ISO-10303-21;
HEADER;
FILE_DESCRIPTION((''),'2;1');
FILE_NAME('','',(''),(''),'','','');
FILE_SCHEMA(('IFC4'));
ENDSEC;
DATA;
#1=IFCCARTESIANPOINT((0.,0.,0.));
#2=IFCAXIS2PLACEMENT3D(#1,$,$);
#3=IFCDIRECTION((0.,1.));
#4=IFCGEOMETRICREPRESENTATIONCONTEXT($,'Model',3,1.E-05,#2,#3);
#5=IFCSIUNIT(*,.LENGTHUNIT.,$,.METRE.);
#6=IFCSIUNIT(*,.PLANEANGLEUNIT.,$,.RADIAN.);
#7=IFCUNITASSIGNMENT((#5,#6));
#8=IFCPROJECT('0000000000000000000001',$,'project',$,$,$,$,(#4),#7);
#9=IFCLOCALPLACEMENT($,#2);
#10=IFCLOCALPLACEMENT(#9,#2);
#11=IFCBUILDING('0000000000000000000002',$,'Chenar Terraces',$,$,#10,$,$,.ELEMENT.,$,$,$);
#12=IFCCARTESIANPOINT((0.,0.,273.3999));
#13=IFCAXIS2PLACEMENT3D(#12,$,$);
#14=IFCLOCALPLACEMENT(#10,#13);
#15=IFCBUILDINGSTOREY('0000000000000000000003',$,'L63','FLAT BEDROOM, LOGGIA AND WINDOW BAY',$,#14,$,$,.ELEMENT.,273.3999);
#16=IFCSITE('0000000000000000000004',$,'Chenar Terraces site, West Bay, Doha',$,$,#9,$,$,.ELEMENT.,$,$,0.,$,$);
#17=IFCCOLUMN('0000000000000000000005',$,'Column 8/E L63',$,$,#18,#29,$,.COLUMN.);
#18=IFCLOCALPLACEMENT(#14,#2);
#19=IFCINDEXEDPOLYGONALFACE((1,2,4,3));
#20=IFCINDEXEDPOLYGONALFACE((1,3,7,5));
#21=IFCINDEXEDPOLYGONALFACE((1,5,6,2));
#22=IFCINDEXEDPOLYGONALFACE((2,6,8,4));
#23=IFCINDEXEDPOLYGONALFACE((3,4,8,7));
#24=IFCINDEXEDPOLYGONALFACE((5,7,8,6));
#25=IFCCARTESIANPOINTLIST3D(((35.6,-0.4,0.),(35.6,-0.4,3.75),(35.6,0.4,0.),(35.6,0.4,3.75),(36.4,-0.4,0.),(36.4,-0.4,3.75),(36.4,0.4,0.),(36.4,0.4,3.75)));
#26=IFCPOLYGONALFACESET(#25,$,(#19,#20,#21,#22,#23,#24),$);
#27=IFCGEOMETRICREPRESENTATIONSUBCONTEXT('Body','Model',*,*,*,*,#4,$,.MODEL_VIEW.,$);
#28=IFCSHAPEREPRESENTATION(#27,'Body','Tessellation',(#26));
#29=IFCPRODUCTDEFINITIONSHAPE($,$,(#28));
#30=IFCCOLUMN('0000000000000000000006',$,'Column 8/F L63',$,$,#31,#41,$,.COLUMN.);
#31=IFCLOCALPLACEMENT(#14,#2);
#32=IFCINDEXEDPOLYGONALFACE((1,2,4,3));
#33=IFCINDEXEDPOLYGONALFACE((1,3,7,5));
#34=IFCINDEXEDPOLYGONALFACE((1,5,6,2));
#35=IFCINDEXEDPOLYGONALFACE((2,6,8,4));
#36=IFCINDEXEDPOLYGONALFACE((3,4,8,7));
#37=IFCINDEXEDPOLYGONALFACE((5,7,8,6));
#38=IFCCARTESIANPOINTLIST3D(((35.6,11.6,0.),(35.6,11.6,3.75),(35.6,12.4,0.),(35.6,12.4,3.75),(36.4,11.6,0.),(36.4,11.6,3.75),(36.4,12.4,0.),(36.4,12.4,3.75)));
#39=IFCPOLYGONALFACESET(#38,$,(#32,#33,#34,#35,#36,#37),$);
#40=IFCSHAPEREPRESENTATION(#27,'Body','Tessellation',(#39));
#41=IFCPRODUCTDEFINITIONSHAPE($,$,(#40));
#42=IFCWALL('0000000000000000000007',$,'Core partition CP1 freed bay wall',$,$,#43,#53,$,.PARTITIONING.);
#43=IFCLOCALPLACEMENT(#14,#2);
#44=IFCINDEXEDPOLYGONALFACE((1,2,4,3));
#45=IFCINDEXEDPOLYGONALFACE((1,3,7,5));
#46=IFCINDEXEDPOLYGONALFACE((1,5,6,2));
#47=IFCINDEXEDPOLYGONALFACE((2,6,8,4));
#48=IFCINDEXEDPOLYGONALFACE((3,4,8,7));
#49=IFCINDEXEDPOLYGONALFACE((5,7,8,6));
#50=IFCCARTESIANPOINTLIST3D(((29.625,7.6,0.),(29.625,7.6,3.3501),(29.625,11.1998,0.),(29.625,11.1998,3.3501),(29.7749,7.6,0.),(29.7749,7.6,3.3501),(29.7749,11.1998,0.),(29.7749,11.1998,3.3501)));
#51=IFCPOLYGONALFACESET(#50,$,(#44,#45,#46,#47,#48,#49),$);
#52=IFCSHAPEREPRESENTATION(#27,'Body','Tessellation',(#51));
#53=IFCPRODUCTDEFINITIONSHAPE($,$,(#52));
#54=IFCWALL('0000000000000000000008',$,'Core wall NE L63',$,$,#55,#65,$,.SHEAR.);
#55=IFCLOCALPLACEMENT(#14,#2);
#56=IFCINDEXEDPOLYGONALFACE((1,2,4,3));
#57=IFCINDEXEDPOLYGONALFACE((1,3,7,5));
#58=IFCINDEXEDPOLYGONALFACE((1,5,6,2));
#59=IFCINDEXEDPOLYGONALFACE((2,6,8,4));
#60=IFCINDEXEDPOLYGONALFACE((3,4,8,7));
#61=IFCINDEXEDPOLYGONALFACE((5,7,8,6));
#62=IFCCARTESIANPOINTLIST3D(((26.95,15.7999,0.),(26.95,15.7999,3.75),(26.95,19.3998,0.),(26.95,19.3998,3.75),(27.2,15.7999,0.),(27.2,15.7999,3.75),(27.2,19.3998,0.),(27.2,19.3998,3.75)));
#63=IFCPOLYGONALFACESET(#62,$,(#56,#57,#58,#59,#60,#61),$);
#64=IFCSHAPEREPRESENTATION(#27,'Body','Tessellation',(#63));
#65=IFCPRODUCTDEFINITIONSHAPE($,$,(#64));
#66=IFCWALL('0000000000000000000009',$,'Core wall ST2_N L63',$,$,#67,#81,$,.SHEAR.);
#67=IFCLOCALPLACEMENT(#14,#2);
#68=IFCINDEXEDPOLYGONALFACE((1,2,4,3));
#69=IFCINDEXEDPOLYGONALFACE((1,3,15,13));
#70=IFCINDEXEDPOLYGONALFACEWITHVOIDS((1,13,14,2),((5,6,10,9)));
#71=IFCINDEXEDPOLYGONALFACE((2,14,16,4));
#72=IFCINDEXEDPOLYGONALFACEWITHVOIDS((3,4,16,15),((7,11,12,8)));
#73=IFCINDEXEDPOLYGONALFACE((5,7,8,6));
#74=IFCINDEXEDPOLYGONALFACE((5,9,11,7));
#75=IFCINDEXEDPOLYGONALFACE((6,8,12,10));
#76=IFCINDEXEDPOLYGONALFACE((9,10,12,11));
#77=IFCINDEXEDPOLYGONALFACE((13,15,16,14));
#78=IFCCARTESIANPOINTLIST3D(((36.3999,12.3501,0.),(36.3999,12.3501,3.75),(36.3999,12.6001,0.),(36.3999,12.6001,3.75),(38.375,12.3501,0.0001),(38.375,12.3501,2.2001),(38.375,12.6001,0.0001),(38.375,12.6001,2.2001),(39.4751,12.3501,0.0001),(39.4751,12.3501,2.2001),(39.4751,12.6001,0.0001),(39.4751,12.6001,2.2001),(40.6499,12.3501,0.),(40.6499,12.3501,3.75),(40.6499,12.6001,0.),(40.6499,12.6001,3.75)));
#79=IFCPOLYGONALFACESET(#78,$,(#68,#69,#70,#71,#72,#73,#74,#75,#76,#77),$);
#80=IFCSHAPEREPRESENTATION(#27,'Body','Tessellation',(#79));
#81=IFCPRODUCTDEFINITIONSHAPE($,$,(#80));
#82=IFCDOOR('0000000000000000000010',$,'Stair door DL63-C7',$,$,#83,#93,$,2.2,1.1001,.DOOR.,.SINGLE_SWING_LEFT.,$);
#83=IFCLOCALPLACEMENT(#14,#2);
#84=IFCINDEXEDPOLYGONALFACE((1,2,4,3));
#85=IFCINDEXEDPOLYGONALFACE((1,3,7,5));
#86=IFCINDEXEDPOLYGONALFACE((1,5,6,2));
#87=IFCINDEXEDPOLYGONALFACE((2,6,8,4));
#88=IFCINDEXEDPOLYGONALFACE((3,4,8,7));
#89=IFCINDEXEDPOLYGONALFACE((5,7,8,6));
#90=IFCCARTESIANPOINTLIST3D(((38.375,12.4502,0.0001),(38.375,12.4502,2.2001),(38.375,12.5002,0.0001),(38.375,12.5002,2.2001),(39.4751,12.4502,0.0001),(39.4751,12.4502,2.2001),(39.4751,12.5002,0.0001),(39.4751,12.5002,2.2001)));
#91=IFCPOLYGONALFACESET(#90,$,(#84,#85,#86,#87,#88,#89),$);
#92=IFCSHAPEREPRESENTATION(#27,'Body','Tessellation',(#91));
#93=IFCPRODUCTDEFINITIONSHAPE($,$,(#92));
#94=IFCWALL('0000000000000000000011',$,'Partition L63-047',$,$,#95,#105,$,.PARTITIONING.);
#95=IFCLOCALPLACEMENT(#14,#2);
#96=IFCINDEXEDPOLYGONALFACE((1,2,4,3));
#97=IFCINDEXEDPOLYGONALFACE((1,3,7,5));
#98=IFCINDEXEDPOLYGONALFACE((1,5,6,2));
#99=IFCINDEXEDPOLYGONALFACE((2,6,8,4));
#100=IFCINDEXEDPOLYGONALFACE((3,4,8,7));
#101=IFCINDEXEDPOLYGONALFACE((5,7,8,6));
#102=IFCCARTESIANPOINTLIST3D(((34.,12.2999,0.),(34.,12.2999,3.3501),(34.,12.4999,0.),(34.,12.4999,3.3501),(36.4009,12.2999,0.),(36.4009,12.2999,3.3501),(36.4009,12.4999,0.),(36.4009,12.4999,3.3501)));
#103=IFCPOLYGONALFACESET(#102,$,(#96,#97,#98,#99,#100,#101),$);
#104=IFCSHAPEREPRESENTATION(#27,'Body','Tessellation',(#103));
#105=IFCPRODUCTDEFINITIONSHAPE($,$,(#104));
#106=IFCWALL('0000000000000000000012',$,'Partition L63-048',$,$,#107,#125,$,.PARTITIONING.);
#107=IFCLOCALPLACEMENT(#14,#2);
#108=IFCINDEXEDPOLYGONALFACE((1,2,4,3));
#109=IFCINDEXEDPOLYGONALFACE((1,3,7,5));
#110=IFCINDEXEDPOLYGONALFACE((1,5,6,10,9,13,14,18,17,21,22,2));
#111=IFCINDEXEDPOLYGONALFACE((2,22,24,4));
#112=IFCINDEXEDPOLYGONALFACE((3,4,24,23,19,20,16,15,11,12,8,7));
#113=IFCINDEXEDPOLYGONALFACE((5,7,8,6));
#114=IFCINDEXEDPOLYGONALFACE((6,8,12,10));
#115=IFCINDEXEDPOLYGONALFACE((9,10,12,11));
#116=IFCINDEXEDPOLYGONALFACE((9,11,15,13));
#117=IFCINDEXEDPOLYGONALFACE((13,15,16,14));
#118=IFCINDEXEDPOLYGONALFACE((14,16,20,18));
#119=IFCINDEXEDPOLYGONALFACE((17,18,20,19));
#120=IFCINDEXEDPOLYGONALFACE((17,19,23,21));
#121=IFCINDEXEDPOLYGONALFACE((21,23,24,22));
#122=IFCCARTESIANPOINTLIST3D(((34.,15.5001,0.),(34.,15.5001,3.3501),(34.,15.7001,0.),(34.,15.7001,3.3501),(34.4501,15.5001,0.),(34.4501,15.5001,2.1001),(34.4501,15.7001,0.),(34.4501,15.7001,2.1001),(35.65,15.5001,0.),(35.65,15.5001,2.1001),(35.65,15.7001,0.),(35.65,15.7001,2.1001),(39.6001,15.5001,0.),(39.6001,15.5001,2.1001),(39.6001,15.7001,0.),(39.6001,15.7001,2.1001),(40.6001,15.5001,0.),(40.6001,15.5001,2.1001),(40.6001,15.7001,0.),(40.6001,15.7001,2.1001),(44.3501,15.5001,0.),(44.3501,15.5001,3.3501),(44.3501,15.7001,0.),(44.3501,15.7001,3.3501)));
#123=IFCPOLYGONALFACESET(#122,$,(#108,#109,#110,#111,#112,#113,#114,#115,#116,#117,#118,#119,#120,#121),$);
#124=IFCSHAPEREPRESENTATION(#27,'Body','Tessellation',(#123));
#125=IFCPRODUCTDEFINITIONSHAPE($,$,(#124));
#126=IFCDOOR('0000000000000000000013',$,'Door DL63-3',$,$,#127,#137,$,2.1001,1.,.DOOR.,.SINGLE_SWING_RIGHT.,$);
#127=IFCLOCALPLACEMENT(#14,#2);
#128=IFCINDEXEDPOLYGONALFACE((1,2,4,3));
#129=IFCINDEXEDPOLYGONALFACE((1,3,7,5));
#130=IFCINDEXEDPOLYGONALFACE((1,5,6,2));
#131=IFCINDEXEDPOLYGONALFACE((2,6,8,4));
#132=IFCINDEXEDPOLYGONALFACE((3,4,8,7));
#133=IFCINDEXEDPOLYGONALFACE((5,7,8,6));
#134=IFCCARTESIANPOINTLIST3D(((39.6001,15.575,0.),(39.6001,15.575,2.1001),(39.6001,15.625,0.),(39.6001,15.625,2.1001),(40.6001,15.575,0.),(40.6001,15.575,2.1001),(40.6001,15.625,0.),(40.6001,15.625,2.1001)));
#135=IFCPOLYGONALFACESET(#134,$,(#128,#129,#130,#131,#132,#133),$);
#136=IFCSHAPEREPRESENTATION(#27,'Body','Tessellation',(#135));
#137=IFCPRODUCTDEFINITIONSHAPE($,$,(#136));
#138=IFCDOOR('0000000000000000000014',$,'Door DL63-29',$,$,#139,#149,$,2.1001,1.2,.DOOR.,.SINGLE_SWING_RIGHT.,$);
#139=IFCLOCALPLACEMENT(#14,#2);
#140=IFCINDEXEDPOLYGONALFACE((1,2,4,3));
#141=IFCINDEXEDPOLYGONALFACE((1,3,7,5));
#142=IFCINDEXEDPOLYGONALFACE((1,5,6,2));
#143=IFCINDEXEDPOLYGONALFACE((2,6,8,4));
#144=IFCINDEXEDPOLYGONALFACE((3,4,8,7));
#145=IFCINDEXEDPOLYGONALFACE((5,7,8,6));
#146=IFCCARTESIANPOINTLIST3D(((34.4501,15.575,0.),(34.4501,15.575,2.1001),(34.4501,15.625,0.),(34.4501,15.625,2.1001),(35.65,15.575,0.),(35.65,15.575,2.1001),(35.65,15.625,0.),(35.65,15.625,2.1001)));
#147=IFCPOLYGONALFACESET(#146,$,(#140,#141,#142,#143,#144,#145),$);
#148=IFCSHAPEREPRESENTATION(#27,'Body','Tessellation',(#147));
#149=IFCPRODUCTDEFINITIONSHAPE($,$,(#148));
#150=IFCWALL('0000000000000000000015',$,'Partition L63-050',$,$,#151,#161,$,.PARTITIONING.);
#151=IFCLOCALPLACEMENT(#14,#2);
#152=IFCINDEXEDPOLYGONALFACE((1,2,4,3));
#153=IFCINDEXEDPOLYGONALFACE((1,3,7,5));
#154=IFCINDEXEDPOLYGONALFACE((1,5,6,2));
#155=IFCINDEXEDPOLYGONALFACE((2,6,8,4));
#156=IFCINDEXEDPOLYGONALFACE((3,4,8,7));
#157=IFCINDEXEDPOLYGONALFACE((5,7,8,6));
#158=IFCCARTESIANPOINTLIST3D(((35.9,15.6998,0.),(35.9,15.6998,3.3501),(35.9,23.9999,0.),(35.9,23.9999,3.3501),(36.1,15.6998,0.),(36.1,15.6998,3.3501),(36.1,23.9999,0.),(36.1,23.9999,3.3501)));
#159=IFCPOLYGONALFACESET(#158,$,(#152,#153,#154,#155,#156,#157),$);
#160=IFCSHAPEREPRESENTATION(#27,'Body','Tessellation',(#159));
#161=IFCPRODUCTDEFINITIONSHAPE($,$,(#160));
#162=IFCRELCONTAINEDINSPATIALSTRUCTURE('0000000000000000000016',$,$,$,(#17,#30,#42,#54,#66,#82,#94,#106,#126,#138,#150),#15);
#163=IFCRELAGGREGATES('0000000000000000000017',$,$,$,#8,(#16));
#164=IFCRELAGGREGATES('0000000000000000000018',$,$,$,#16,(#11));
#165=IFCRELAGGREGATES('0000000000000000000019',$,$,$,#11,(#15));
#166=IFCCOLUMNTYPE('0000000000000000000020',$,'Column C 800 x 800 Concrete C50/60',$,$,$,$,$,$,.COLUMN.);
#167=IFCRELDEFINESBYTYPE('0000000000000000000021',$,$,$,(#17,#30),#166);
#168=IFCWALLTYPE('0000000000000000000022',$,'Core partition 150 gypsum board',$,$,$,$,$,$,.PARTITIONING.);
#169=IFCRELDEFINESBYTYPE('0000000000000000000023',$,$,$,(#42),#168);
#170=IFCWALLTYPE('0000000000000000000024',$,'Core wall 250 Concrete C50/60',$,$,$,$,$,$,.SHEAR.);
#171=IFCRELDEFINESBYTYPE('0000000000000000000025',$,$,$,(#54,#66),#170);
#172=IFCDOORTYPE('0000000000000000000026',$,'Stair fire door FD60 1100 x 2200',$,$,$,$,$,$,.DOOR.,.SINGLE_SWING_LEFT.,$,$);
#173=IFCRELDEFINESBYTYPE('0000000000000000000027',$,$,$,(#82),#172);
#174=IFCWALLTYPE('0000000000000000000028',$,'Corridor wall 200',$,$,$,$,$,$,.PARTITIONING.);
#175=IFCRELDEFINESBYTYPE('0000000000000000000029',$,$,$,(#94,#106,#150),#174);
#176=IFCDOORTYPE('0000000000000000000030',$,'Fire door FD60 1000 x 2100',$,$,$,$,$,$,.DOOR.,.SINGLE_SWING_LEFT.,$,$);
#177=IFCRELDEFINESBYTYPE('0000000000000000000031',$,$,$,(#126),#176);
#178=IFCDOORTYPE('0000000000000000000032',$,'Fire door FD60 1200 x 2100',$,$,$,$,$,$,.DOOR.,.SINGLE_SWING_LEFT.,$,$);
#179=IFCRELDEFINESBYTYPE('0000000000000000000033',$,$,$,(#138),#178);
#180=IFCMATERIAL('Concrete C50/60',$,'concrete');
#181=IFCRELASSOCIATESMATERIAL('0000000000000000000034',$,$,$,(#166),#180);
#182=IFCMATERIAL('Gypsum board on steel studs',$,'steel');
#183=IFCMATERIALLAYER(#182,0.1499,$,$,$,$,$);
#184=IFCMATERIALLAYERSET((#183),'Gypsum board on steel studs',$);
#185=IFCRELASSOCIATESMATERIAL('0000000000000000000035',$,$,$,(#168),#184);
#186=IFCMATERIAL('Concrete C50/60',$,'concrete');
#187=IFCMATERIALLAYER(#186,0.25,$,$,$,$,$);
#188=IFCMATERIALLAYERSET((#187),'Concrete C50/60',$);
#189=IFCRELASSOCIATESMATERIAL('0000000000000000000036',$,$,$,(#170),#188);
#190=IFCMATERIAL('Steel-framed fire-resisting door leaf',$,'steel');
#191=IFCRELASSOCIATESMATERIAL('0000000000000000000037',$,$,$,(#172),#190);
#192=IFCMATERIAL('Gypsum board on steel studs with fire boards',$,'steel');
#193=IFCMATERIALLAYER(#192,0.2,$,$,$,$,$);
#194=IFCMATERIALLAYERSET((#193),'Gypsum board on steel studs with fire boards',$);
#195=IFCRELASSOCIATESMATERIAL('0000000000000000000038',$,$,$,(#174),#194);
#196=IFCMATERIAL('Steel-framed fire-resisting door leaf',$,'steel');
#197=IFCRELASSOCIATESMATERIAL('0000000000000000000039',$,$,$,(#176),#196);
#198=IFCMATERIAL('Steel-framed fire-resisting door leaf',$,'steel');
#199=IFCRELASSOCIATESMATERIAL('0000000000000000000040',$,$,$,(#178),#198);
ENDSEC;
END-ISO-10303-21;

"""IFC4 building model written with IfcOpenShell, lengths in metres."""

from ifc_helpers import new_model, si_unit, direction, frame, frame_2d, origin, origin_2d, place, context, subcontext, project, spatial, rectangle, extrude, material, layer, layer_set, material_profile, profile_set, type_object, element, fill, save


model = new_model("IFC4")

# Units and contexts
model_context = context("Model", 3, precision=1e-05, world=origin(), true_north=direction((0.0, 1.0)))
body_context = subcontext(model_context, "Body", "Model", "MODEL_VIEW")
ifc_project = project(units=[si_unit("LENGTHUNIT", "METRE"), si_unit("PLANEANGLEUNIT", "RADIAN")], contexts=[model_context])

# Site, building, storey
site_placement = place(None, origin())
site = spatial("IfcSite", under=ifc_project, at=site_placement, Name="Chenar Terraces site, West Bay, Doha", CompositionType="ELEMENT", RefElevation=0.0)
building_placement = place(site_placement, origin())
building = spatial("IfcBuilding", under=site, at=building_placement, Name="Chenar Terraces", CompositionType="ELEMENT")
storey_placement = place(building_placement, frame((0.0, 0.0, 273.3999)))
storey = spatial("IfcBuildingStorey", under=building, at=storey_placement, Name="L63", Description="FLAT BEDROOM, LOGGIA AND WINDOW BAY", CompositionType="ELEMENT", Elevation=273.3999)

# Columns
ifc_material_1 = material(Name="Concrete C50/60", Category="concrete")
ifc_material_profile_1 = material_profile(ifc_material_1, rectangle(XDim=0.8, YDim=0.8, at=origin_2d()), Name="C 800 x 800")
ifc_profile_set_1 = profile_set([ifc_material_profile_1], Name="Concrete C50/60")
column_type = type_object("IfcColumnType", Name="Column C 800 x 800 Concrete C50/60", PredefinedType="COLUMN", material=ifc_profile_set_1)
for number, where, z_axis, x_axis, name in (
    (1, (36.0, 0.0, 0.0), (0.0, 0.0, 1.0), (1.0, 0.0, 0.0), "Column 8/E L63"),
    (2, (36.0, 12.0, 0.0), (0.0, 0.0, 1.0), (1.0, 0.0, 0.0), "Column 8/F L63"),
):
    element("IfcColumn", number, at=place(storey_placement, frame(where, z_axis=z_axis, x_axis=x_axis)), inside=storey, type_object=column_type, Name=name, PredefinedType="COLUMN", context=body_context, shape_type="SweptSolid", body=[
        extrude(rectangle(XDim=0.8, YDim=0.8, at=origin_2d()), origin(), (0.0, 0.0, 1.0), 3.75),
    ])

# Walls
ifc_material_2 = material(Name="Gypsum board on steel studs", Category="steel")
ifc_layer_1 = layer(ifc_material_2, 0.1499)
ifc_layer_set_1 = layer_set([ifc_layer_1], Name="Gypsum board on steel studs")
wall_type_1 = type_object("IfcWallType", Name="Core partition 150 gypsum board", PredefinedType="PARTITIONING", material=ifc_layer_set_1)
wall_1_placement = place(storey_placement, frame((29.7, 7.6001, 0.0), z_axis=(0.0, 0.0, 1.0), x_axis=(0.0, 1.0, 0.0)))
element("IfcWall", 3, at=wall_1_placement, inside=storey, type_object=wall_type_1, Name="Core partition CP1 freed bay wall", PredefinedType="PARTITIONING", context=body_context, shape_type="SweptSolid", body=[
    extrude(rectangle(XDim=3.5999, YDim=0.1499, at=frame_2d((1.7998, 0.0))), origin(), (0.0, 0.0, 1.0), 3.3501),
])
ifc_material_3 = material(Name="Concrete C50/60", Category="concrete")
ifc_layer_2 = layer(ifc_material_3, 0.25)
ifc_layer_set_2 = layer_set([ifc_layer_2], Name="Concrete C50/60")
wall_type_2 = type_object("IfcWallType", Name="Core wall 250 Concrete C50/60", PredefinedType="SHEAR", material=ifc_layer_set_2)
wall_2_placement = place(storey_placement, frame((27.075, 15.8, 0.0), z_axis=(0.0, 0.0, 1.0), x_axis=(0.0, 1.0, 0.0)))
element("IfcWall", 4, at=wall_2_placement, inside=storey, type_object=wall_type_2, Name="Core wall NE L63", PredefinedType="SHEAR", context=body_context, shape_type="SweptSolid", body=[
    extrude(rectangle(XDim=3.5999, YDim=0.25, at=frame_2d((1.7998, 0.0))), origin(), (0.0, 0.0, 1.0), 3.75),
])

# Wall, opening, door
wall_3_placement = place(storey_placement, frame((36.3999, 12.4751, 0.0), z_axis=(0.0, 0.0, 1.0), x_axis=(1.0, 0.0, 0.0)))
wall_3 = element("IfcWall", 5, at=wall_3_placement, inside=storey, type_object=wall_type_2, Name="Core wall ST2_N L63", PredefinedType="SHEAR", context=body_context, shape_type="SweptSolid", body=[
    extrude(rectangle(XDim=4.25, YDim=0.25, at=frame_2d((2.125, 0.0))), origin(), (0.0, 0.0, 1.0), 3.75),
])
opening_1_placement = place(wall_3_placement, frame((1.9751, 0.0, 0.0)))
opening_1 = element("IfcOpeningElement", 6, at=opening_1_placement, cuts=wall_3, PredefinedType="OPENING", context=body_context, shape_type="SweptSolid", body=[
    extrude(rectangle(XDim=1.1001, YDim=2.2, at=frame_2d((0.55, 1.1001))), frame((0.0, 0.135, 0.0), z_axis=(0.0, -1.0, 0.0), x_axis=(1.0, 0.0, 0.0)), (0.0, 0.0, 1.0), 0.27),
])
ifc_material_4 = material(Name="Steel-framed fire-resisting door leaf", Category="steel")
door_type_1 = type_object("IfcDoorType", Name="Stair fire door FD60 1100 x 2200", OperationType="SINGLE_SWING_LEFT", PredefinedType="DOOR", material=ifc_material_4)
door_1_placement = place(opening_1_placement, frame((1.1001, 0.0, 0.0), z_axis=(0.0, 0.0, 1.0), x_axis=(-1.0, 0.0, 0.0)))
door_1 = element("IfcDoor", 7, at=door_1_placement, inside=storey, type_object=door_type_1, Name="Stair door DL63-C7", OperationType="SINGLE_SWING_LEFT", OverallHeight=2.2, OverallWidth=1.1001, PredefinedType="DOOR", context=body_context, shape_type="SweptSolid", body=[
    extrude(rectangle(XDim=1.1001, YDim=2.2, at=frame_2d((0.55, 1.1001))), frame((0.0, 0.0249, 0.0), z_axis=(0.0, -1.0, 0.0), x_axis=(1.0, 0.0, 0.0)), (0.0, 0.0, 1.0), 0.05),
])
fill(opening_1, door_1)

# Wall
ifc_material_5 = material(Name="Gypsum board on steel studs with fire boards", Category="steel")
ifc_layer_3 = layer(ifc_material_5, 0.2)
ifc_layer_set_3 = layer_set([ifc_layer_3], Name="Gypsum board on steel studs with fire boards")
wall_type_3 = type_object("IfcWallType", Name="Corridor wall 200", PredefinedType="PARTITIONING", material=ifc_layer_set_3)
wall_4_placement = place(storey_placement, frame((34.0, 12.3999, 0.0), z_axis=(0.0, 0.0, 1.0), x_axis=(1.0, 0.0, 0.0)))
element("IfcWall", 8, at=wall_4_placement, inside=storey, type_object=wall_type_3, Name="Partition L63-047", PredefinedType="PARTITIONING", context=body_context, shape_type="SweptSolid", body=[
    extrude(rectangle(XDim=2.4009, YDim=0.2, at=frame_2d((1.2004, 0.0))), origin(), (0.0, 0.0, 1.0), 3.3501),
])

# Wall, openings, doors
wall_5_placement = place(storey_placement, frame((34.0, 15.6001, 0.0), z_axis=(0.0, 0.0, 1.0), x_axis=(1.0, 0.0, 0.0)))
wall_5 = element("IfcWall", 9, at=wall_5_placement, inside=storey, type_object=wall_type_3, Name="Partition L63-048", PredefinedType="PARTITIONING", context=body_context, shape_type="SweptSolid", body=[
    extrude(rectangle(XDim=10.3501, YDim=0.2, at=frame_2d((5.175, 0.0))), origin(), (0.0, 0.0, 1.0), 3.3501),
])
opening_2_placement = place(wall_5_placement, frame((5.6001, 0.0, 0.0)))
opening_2 = element("IfcOpeningElement", 10, at=opening_2_placement, cuts=wall_5, PredefinedType="OPENING", context=body_context, shape_type="SweptSolid", body=[
    extrude(rectangle(XDim=1.0, YDim=2.1001, at=frame_2d((0.5, 1.05))), frame((0.0, 0.1099, 0.0), z_axis=(0.0, -1.0, 0.0), x_axis=(1.0, 0.0, 0.0)), (0.0, 0.0, 1.0), 0.22),
])
opening_3_placement = place(wall_5_placement, frame((0.45, 0.0, 0.0)))
opening_3 = element("IfcOpeningElement", 11, at=opening_3_placement, cuts=wall_5, PredefinedType="OPENING", context=body_context, shape_type="SweptSolid", body=[
    extrude(rectangle(XDim=1.2, YDim=2.1001, at=frame_2d((0.6001, 1.05))), frame((0.0, 0.1099, 0.0), z_axis=(0.0, -1.0, 0.0), x_axis=(1.0, 0.0, 0.0)), (0.0, 0.0, 1.0), 0.22),
])
ifc_material_6 = material(Name="Steel-framed fire-resisting door leaf", Category="steel")
door_type_2 = type_object("IfcDoorType", Name="Fire door FD60 1000 x 2100", OperationType="SINGLE_SWING_LEFT", PredefinedType="DOOR", material=ifc_material_6)
door_2_placement = place(opening_2_placement, origin())
door_2 = element("IfcDoor", 12, at=door_2_placement, inside=storey, type_object=door_type_2, Name="Door DL63-3", OperationType="SINGLE_SWING_RIGHT", OverallHeight=2.1001, OverallWidth=1.0, PredefinedType="DOOR", context=body_context, shape_type="SweptSolid", body=[
    extrude(rectangle(XDim=1.0, YDim=2.1001, at=frame_2d((0.5, 1.05))), frame((0.0, 0.0249, 0.0), z_axis=(0.0, -1.0, 0.0), x_axis=(1.0, 0.0, 0.0)), (0.0, 0.0, 1.0), 0.05),
])
fill(opening_2, door_2)
ifc_material_7 = material(Name="Steel-framed fire-resisting door leaf", Category="steel")
door_type_3 = type_object("IfcDoorType", Name="Fire door FD60 1200 x 2100", OperationType="SINGLE_SWING_LEFT", PredefinedType="DOOR", material=ifc_material_7)
door_3_placement = place(opening_3_placement, origin())
door_3 = element("IfcDoor", 13, at=door_3_placement, inside=storey, type_object=door_type_3, Name="Door DL63-29", OperationType="SINGLE_SWING_RIGHT", OverallHeight=2.1001, OverallWidth=1.2, PredefinedType="DOOR", context=body_context, shape_type="SweptSolid", body=[
    extrude(rectangle(XDim=1.2, YDim=2.1001, at=frame_2d((0.6001, 1.05))), frame((0.0, 0.0249, 0.0), z_axis=(0.0, -1.0, 0.0), x_axis=(1.0, 0.0, 0.0)), (0.0, 0.0, 1.0), 0.05),
])
fill(opening_3, door_3)

# Wall
wall_6_placement = place(storey_placement, frame((36.0, 15.7, 0.0), z_axis=(0.0, 0.0, 1.0), x_axis=(0.0, 1.0, 0.0)))
element("IfcWall", 14, at=wall_6_placement, inside=storey, type_object=wall_type_3, Name="Partition L63-050", PredefinedType="PARTITIONING", context=body_context, shape_type="SweptSolid", body=[
    extrude(rectangle(XDim=8.3, YDim=0.2, at=frame_2d((4.1499, 0.0))), origin(), (0.0, 0.0, 1.0), 3.3501),
])

save(model, "model.ifc")
